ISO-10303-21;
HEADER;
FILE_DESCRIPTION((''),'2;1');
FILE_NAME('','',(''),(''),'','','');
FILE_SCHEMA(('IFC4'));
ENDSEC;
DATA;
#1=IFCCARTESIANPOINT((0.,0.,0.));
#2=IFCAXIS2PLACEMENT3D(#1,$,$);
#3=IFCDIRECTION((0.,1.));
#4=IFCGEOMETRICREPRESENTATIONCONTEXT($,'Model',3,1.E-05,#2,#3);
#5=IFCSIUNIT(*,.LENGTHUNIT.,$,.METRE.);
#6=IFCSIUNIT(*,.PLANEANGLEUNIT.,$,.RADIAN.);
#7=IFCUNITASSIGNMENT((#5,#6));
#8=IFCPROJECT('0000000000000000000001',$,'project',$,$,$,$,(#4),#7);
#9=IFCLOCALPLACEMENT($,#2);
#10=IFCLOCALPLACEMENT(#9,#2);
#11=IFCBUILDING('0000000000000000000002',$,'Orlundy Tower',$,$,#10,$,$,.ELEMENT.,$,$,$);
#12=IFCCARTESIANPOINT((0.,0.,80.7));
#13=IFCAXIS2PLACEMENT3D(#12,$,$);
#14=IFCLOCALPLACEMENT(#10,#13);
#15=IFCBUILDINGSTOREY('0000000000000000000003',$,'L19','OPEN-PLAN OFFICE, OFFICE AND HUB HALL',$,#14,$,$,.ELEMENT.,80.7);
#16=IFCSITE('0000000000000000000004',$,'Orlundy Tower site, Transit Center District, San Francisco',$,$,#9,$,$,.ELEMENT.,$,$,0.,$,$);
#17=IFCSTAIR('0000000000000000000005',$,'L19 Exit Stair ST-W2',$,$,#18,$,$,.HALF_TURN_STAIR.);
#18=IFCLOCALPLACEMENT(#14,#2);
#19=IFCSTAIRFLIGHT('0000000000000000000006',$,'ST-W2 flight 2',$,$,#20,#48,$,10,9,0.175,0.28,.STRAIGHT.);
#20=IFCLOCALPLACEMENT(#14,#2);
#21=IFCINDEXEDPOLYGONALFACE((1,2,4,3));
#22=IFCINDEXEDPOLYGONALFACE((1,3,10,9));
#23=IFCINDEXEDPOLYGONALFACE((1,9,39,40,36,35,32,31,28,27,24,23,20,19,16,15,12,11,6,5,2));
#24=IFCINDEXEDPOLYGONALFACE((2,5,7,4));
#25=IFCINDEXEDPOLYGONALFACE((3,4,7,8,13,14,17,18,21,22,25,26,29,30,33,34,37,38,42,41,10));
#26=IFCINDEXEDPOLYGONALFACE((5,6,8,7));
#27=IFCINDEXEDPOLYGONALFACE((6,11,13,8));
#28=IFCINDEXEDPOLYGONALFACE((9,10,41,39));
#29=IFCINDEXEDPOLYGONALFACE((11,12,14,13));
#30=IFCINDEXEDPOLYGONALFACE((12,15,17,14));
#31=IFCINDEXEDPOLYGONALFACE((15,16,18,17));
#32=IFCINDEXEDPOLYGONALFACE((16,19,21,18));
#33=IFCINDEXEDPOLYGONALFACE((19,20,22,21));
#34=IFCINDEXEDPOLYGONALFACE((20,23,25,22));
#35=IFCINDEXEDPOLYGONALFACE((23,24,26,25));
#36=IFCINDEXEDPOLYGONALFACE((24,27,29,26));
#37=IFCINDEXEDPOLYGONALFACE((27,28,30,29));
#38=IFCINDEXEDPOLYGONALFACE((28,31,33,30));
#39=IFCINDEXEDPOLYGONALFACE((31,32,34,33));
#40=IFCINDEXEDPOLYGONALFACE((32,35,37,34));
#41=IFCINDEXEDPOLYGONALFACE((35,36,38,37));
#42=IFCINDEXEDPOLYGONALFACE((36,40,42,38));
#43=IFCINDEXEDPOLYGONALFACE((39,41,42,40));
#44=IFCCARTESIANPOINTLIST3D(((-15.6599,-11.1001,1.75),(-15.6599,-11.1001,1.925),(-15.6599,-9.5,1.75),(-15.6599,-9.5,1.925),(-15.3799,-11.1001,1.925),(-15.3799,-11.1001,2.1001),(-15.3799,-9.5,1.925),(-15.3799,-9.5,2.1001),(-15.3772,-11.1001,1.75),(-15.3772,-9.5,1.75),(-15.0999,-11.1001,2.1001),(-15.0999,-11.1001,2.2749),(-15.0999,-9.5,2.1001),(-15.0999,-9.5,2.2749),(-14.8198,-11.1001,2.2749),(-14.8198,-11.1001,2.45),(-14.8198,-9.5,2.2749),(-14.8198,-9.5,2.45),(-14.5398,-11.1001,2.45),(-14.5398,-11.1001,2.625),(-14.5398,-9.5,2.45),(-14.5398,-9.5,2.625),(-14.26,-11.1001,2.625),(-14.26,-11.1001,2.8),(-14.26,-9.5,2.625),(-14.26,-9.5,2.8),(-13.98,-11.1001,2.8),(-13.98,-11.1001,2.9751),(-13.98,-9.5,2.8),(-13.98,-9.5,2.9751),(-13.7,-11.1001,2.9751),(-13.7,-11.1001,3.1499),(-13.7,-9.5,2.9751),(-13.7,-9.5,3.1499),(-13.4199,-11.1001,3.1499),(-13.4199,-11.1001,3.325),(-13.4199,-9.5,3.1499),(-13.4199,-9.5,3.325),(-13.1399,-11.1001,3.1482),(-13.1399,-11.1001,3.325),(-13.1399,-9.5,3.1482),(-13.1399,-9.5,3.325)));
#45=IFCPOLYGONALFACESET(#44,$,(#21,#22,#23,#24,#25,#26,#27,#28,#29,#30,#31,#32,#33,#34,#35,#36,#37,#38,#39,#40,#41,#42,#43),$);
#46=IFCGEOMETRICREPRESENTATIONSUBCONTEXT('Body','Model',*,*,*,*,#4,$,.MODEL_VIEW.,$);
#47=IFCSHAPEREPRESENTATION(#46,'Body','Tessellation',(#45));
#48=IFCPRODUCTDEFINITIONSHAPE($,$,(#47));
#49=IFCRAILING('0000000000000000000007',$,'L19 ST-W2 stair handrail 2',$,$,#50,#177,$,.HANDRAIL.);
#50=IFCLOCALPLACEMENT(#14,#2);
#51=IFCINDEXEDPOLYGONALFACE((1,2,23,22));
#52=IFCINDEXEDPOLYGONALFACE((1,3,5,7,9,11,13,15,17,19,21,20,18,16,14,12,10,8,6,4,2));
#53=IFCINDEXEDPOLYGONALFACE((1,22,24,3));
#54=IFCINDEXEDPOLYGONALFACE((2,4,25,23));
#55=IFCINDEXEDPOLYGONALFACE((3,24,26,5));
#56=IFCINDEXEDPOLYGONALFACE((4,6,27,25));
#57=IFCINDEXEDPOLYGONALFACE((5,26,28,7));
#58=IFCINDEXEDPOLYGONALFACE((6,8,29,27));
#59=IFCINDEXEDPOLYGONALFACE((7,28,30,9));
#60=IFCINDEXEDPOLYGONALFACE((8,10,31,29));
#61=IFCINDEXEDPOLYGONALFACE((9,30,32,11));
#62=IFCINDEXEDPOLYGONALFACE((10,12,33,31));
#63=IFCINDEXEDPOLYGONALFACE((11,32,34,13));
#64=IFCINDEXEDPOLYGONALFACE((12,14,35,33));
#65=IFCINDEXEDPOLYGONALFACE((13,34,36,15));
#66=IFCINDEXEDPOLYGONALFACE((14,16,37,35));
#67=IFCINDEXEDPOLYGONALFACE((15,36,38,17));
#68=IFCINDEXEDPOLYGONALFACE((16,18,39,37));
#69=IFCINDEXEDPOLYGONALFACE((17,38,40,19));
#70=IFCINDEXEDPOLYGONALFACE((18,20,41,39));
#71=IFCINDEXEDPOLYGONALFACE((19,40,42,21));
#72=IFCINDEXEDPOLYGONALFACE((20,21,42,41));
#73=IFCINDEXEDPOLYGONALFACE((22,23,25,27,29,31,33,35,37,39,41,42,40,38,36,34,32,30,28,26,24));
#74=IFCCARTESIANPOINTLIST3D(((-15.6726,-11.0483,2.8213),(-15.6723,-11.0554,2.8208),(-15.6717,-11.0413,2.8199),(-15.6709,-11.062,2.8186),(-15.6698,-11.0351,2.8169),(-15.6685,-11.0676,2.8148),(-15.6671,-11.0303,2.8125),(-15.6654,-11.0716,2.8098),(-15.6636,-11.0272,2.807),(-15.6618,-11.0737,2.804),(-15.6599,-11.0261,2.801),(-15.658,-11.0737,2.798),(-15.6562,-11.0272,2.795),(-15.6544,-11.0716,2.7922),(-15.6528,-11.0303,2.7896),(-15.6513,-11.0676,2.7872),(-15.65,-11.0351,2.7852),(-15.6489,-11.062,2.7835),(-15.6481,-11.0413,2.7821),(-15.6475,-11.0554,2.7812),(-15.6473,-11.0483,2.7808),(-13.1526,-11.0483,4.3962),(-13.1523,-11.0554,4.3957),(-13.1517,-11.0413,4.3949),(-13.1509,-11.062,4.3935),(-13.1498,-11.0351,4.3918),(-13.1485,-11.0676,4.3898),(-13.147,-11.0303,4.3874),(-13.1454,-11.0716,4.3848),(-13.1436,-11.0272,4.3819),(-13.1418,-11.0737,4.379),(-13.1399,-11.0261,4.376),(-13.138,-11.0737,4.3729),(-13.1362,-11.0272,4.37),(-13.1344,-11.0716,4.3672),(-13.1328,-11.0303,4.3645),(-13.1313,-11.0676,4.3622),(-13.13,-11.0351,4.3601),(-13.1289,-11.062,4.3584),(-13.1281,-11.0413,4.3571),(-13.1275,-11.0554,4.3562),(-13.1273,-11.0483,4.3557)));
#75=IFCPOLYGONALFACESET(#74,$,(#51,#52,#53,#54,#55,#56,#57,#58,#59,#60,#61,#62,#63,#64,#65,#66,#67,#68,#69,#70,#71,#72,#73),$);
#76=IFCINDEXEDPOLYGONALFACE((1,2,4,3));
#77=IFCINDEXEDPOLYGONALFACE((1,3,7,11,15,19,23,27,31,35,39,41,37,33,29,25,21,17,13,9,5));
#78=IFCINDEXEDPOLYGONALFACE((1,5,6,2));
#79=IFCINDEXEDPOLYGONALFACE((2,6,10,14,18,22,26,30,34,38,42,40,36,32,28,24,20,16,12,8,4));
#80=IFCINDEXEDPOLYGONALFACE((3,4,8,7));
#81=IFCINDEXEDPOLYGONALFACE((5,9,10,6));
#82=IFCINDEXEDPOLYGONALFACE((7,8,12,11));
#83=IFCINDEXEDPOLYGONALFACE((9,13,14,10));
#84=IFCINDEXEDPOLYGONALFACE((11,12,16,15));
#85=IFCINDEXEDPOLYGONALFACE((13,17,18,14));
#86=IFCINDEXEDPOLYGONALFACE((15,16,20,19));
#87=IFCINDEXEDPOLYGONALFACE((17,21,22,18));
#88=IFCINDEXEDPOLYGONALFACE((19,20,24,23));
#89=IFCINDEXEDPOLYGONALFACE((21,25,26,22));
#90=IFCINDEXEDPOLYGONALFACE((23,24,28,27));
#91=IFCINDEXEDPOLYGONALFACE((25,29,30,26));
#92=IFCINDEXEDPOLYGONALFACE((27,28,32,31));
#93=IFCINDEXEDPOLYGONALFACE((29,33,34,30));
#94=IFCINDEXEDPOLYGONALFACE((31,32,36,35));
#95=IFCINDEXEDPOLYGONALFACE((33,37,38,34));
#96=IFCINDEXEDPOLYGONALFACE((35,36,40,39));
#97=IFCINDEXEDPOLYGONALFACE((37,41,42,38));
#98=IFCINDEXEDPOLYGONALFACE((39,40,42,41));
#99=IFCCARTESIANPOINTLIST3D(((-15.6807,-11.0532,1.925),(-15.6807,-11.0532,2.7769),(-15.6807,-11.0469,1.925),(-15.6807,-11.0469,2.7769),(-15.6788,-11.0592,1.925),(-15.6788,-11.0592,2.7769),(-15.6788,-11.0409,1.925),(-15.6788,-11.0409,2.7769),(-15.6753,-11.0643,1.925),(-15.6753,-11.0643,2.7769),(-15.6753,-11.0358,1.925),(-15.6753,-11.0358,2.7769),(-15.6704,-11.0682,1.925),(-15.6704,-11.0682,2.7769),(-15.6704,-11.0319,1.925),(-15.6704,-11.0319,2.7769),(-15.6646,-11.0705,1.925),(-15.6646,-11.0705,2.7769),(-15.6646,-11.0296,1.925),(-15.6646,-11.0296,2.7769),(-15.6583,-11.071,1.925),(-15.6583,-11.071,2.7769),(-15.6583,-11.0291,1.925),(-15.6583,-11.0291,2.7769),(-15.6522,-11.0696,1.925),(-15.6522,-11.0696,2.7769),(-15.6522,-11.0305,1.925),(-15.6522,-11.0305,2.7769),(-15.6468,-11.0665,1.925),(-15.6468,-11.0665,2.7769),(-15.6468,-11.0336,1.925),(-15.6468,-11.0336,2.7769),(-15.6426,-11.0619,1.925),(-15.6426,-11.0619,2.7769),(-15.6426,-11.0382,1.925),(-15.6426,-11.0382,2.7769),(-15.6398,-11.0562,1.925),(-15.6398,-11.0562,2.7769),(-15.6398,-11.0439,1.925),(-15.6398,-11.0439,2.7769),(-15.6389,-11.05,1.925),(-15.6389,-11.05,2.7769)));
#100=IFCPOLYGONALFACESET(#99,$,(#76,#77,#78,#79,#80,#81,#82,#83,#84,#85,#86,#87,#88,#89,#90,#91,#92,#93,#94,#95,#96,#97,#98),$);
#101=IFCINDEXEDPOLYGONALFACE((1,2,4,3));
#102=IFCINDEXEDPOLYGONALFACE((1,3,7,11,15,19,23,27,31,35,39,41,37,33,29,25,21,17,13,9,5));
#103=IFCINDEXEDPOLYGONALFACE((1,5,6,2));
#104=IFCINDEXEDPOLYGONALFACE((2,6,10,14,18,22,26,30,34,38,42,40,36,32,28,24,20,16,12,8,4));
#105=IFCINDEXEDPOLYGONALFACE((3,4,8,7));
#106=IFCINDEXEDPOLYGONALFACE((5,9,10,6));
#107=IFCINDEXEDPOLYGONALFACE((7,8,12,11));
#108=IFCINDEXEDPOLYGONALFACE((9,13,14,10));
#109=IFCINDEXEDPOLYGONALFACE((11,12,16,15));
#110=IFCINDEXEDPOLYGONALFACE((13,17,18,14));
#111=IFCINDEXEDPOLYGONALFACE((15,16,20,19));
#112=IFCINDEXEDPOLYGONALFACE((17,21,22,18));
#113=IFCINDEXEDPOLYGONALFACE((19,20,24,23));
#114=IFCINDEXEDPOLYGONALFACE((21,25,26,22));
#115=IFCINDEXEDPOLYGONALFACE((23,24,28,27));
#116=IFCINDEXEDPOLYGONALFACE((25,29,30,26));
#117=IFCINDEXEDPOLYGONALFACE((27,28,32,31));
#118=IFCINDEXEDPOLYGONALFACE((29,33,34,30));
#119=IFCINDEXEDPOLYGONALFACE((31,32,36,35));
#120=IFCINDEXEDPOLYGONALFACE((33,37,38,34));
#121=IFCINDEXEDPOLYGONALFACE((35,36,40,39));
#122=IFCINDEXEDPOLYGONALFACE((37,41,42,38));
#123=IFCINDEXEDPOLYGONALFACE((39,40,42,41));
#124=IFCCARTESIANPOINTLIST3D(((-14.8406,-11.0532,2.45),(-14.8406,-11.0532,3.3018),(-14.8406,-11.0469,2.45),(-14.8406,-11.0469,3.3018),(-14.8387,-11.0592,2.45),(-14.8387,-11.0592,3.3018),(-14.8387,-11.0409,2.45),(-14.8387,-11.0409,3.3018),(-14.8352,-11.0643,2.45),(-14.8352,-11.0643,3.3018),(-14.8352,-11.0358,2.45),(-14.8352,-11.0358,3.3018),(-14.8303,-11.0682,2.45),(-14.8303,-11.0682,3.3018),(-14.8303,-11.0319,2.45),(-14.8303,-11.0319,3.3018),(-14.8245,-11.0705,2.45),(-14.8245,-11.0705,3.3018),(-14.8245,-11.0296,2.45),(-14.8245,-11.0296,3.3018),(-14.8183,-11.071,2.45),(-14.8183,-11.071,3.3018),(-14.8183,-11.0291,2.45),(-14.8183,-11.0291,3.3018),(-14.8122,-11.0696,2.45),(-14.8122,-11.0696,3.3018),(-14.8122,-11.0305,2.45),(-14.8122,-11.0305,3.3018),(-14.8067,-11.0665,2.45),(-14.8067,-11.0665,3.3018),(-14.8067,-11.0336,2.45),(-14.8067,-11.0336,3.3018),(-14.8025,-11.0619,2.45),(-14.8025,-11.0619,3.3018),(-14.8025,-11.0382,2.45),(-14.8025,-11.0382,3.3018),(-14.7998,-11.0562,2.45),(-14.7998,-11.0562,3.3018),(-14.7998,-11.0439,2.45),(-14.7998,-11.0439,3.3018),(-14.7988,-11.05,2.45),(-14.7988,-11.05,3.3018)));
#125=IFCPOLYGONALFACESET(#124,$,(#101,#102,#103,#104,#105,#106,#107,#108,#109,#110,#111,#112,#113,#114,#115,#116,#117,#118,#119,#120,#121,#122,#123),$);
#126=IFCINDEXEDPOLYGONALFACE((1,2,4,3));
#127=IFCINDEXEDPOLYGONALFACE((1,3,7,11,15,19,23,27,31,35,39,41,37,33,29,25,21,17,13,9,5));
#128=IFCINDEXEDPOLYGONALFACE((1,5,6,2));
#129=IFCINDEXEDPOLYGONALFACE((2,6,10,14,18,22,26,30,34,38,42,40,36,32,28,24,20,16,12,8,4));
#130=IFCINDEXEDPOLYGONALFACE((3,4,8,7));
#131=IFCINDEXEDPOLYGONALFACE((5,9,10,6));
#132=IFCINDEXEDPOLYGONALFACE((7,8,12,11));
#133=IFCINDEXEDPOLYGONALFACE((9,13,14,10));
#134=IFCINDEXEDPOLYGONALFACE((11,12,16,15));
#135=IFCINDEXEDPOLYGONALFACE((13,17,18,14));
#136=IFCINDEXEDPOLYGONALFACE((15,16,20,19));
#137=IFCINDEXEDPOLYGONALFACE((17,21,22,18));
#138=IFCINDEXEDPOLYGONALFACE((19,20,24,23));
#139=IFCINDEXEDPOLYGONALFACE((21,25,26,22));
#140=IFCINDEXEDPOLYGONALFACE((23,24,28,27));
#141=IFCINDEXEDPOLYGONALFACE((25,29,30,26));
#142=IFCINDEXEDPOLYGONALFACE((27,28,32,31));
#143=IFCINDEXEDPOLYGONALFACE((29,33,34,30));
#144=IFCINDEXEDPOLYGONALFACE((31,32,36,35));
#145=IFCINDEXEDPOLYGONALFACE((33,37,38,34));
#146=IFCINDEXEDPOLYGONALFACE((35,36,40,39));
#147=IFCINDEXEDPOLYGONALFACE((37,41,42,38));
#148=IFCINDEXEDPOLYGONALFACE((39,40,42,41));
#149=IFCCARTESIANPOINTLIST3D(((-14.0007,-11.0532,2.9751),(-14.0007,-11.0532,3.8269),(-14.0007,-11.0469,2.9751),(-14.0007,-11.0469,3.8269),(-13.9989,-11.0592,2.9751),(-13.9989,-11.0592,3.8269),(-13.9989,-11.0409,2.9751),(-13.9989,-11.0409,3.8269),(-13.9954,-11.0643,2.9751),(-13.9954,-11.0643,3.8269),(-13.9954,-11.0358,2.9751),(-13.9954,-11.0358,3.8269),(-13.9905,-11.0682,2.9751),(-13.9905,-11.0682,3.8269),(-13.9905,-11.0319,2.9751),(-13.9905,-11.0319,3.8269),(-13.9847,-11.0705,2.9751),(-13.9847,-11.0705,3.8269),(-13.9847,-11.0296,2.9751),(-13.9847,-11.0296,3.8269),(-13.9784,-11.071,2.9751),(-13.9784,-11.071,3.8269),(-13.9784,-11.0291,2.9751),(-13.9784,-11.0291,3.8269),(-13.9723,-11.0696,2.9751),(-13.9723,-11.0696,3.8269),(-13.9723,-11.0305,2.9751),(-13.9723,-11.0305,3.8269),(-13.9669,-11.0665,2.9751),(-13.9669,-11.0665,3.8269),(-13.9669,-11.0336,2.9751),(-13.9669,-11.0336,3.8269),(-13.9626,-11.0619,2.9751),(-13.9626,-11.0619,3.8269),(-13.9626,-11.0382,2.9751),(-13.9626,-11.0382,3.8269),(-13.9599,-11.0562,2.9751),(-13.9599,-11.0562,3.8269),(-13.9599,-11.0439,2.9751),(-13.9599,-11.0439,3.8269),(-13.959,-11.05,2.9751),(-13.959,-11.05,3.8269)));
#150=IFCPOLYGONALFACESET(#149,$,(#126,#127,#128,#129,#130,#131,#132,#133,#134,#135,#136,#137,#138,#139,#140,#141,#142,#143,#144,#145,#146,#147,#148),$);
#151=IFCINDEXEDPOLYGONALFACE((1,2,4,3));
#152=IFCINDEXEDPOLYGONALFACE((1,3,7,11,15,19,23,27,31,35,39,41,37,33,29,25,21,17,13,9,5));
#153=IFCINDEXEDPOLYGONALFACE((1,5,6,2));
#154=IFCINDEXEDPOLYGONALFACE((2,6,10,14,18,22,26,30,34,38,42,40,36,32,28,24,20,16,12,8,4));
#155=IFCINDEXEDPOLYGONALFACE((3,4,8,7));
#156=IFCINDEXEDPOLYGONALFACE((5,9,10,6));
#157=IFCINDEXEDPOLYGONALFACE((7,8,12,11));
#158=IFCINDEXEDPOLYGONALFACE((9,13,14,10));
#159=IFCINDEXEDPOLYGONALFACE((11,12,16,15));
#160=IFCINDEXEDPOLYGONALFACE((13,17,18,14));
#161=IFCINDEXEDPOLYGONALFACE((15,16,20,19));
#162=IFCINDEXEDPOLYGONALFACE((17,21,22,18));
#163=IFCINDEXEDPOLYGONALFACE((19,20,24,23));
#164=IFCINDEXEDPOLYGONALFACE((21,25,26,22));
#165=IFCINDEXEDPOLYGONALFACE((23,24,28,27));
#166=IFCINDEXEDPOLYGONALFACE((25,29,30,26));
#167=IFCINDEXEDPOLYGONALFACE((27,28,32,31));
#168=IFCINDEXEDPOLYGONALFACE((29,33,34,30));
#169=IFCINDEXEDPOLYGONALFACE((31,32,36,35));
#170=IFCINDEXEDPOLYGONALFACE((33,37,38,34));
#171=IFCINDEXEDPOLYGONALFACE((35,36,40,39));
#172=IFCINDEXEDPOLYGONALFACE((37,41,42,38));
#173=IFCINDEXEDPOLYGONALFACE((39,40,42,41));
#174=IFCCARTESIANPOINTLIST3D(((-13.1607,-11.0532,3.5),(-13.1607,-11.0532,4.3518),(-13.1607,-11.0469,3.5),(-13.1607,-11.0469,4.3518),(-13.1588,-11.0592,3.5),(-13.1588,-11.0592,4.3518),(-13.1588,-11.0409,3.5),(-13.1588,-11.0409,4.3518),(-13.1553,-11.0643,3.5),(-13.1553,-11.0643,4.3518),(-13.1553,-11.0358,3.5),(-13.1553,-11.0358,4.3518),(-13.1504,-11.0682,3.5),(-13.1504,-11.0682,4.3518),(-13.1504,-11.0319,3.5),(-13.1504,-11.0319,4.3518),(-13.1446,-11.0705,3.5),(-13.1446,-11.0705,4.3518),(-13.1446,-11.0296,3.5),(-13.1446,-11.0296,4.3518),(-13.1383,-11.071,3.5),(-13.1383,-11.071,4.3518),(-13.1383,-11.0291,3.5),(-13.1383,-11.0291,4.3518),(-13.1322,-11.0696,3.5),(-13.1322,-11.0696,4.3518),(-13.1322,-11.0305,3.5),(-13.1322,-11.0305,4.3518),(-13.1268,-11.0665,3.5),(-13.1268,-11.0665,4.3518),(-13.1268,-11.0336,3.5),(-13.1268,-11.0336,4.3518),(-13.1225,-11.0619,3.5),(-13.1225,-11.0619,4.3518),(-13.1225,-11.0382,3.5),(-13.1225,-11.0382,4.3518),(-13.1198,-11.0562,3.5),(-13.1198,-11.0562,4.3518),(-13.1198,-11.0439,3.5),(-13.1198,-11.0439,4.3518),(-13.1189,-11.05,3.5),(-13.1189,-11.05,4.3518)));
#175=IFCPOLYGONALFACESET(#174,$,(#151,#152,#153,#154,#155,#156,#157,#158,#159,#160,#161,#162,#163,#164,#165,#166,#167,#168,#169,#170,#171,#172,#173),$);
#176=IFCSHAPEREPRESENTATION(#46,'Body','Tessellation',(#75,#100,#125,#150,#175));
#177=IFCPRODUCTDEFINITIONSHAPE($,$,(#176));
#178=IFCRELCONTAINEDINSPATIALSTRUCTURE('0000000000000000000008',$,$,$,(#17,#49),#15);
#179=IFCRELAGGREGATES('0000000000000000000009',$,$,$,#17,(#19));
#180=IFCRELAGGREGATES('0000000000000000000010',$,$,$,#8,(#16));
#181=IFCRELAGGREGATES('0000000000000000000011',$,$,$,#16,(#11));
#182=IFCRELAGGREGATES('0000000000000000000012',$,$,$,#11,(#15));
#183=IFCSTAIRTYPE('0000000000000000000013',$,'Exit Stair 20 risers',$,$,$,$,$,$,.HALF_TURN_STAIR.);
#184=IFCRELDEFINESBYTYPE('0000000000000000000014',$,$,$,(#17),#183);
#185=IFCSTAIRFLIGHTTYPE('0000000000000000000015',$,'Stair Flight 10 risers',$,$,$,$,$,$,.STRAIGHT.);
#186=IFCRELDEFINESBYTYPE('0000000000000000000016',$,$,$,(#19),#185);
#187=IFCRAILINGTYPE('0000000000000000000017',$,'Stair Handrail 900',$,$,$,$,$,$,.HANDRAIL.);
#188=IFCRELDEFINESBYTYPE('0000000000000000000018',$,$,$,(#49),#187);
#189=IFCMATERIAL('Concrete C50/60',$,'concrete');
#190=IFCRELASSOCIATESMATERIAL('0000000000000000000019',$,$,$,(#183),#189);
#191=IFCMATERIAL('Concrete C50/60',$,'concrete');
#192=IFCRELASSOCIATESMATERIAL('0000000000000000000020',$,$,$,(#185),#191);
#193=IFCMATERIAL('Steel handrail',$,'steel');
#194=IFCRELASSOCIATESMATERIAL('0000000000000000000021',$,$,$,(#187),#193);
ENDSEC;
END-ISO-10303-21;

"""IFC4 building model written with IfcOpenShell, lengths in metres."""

from ifc_helpers import new_model, si_unit, direction, frame, origin, origin_2d, place, context, subcontext, project, spatial, polyline, circle, outline, extrude, material, type_object, element, aggregate, save


model = new_model("IFC4")

# Units and contexts
model_context = context("Model", 3, precision=1e-05, world=origin(), true_north=direction((0.0, 1.0)))
body_context = subcontext(model_context, "Body", "Model", "MODEL_VIEW")
ifc_project = project(units=[si_unit("LENGTHUNIT", "METRE"), si_unit("PLANEANGLEUNIT", "RADIAN")], contexts=[model_context])

# Site, building, storey
site_placement = place(None, origin())
site = spatial("IfcSite", under=ifc_project, at=site_placement, Name="Orlundy Tower site, Transit Center District, San Francisco", CompositionType="ELEMENT", RefElevation=0.0)
building_placement = place(site_placement, origin())
building = spatial("IfcBuilding", under=site, at=building_placement, Name="Orlundy Tower", CompositionType="ELEMENT")
storey_placement = place(building_placement, frame((0.0, 0.0, 80.7)))
storey = spatial("IfcBuildingStorey", under=building, at=storey_placement, Name="L19", Description="OPEN-PLAN OFFICE, OFFICE AND HUB HALL", CompositionType="ELEMENT", Elevation=80.7)

# Stair, stair flight
ifc_material_1 = material(Name="Concrete C50/60", Category="concrete")
stair_type = type_object("IfcStairType", Name="Exit Stair 20 risers", PredefinedType="HALF_TURN_STAIR", material=ifc_material_1)
stair_placement = place(storey_placement, origin())
stair = element("IfcStair", 1, at=stair_placement, inside=storey, type_object=stair_type, Name="L19 Exit Stair ST-W2", PredefinedType="HALF_TURN_STAIR")
ifc_material_2 = material(Name="Concrete C50/60", Category="concrete")
stair_flight_type = type_object("IfcStairFlightType", Name="Stair Flight 10 risers", PredefinedType="STRAIGHT", material=ifc_material_2)
stair_flight_1_placement = place(storey_placement, frame((-15.6599, -10.3, 1.75), z_axis=(0.0, 0.0, 1.0), x_axis=(1.0, 0.0, 0.0)))
stair_flight_1 = element("IfcStairFlight", 2, at=stair_flight_1_placement, type_object=stair_flight_type, Name="ST-W2 flight 2", NumberOfRisers=10, NumberOfTreads=9, PredefinedType="STRAIGHT", RiserHeight=0.175, TreadLength=0.28, context=body_context, shape_type="SweptSolid", body=[
    extrude(outline(polyline([(0.0, 0.0), (0.0, 0.175), (0.28, 0.175), (0.28, 0.3501), (0.5601, 0.3501), (0.5601, 0.5249), (0.8401, 0.5249), (0.8401, 0.7), (1.1201, 0.7), (1.1201, 0.875), (1.3999, 0.875), (1.3999, 1.05), (1.6799, 1.05), (1.6799, 1.2251), (1.96, 1.2251), (1.96, 1.3999), (2.24, 1.3999), (2.24, 1.575), (2.52, 1.575), (2.52, 1.75), (2.52, 1.3982), (0.2827, 0.0), (0.0, 0.0)])), frame((0.0, 0.8, 0.0), z_axis=(0.0, -1.0, 0.0), x_axis=(1.0, 0.0, 0.0)), (0.0, 0.0, 1.0), 1.6001),
])
aggregate(stair, [stair_flight_1])

# Railing
ifc_material_3 = material(Name="Steel handrail", Category="steel")
railing_type = type_object("IfcRailingType", Name="Stair Handrail 900", PredefinedType="HANDRAIL", material=ifc_material_3)
railing_placement = place(storey_placement, frame((-15.6599, -11.05, 1.925)))
element("IfcRailing", 3, at=railing_placement, inside=storey, type_object=railing_type, Name="L19 ST-W2 stair handrail 2", PredefinedType="HANDRAIL", context=body_context, shape_type="SweptSolid", body=[
    extrude(circle(Radius=0.0239, at=origin_2d()), frame((0.0, 0.0, 0.876), z_axis=(0.848008, 0.0, 0.529984), x_axis=(0.0, 1.0, 0.0)), (0.0, 0.0, 1.0), 2.9717),
    extrude(circle(Radius=0.021, at=origin_2d()), origin(), (0.0, 0.0, 1.0), 0.8518),
    extrude(circle(Radius=0.021, at=origin_2d()), frame((0.8401, 0.0, 0.5249)), (0.0, 0.0, 1.0), 0.8518),
    extrude(circle(Radius=0.021, at=origin_2d()), frame((1.6799, 0.0, 1.05)), (0.0, 0.0, 1.0), 0.8518),
    extrude(circle(Radius=0.021, at=origin_2d()), frame((2.52, 0.0, 1.575)), (0.0, 0.0, 1.0), 0.8518),
])

save(model, "model.ifc")
